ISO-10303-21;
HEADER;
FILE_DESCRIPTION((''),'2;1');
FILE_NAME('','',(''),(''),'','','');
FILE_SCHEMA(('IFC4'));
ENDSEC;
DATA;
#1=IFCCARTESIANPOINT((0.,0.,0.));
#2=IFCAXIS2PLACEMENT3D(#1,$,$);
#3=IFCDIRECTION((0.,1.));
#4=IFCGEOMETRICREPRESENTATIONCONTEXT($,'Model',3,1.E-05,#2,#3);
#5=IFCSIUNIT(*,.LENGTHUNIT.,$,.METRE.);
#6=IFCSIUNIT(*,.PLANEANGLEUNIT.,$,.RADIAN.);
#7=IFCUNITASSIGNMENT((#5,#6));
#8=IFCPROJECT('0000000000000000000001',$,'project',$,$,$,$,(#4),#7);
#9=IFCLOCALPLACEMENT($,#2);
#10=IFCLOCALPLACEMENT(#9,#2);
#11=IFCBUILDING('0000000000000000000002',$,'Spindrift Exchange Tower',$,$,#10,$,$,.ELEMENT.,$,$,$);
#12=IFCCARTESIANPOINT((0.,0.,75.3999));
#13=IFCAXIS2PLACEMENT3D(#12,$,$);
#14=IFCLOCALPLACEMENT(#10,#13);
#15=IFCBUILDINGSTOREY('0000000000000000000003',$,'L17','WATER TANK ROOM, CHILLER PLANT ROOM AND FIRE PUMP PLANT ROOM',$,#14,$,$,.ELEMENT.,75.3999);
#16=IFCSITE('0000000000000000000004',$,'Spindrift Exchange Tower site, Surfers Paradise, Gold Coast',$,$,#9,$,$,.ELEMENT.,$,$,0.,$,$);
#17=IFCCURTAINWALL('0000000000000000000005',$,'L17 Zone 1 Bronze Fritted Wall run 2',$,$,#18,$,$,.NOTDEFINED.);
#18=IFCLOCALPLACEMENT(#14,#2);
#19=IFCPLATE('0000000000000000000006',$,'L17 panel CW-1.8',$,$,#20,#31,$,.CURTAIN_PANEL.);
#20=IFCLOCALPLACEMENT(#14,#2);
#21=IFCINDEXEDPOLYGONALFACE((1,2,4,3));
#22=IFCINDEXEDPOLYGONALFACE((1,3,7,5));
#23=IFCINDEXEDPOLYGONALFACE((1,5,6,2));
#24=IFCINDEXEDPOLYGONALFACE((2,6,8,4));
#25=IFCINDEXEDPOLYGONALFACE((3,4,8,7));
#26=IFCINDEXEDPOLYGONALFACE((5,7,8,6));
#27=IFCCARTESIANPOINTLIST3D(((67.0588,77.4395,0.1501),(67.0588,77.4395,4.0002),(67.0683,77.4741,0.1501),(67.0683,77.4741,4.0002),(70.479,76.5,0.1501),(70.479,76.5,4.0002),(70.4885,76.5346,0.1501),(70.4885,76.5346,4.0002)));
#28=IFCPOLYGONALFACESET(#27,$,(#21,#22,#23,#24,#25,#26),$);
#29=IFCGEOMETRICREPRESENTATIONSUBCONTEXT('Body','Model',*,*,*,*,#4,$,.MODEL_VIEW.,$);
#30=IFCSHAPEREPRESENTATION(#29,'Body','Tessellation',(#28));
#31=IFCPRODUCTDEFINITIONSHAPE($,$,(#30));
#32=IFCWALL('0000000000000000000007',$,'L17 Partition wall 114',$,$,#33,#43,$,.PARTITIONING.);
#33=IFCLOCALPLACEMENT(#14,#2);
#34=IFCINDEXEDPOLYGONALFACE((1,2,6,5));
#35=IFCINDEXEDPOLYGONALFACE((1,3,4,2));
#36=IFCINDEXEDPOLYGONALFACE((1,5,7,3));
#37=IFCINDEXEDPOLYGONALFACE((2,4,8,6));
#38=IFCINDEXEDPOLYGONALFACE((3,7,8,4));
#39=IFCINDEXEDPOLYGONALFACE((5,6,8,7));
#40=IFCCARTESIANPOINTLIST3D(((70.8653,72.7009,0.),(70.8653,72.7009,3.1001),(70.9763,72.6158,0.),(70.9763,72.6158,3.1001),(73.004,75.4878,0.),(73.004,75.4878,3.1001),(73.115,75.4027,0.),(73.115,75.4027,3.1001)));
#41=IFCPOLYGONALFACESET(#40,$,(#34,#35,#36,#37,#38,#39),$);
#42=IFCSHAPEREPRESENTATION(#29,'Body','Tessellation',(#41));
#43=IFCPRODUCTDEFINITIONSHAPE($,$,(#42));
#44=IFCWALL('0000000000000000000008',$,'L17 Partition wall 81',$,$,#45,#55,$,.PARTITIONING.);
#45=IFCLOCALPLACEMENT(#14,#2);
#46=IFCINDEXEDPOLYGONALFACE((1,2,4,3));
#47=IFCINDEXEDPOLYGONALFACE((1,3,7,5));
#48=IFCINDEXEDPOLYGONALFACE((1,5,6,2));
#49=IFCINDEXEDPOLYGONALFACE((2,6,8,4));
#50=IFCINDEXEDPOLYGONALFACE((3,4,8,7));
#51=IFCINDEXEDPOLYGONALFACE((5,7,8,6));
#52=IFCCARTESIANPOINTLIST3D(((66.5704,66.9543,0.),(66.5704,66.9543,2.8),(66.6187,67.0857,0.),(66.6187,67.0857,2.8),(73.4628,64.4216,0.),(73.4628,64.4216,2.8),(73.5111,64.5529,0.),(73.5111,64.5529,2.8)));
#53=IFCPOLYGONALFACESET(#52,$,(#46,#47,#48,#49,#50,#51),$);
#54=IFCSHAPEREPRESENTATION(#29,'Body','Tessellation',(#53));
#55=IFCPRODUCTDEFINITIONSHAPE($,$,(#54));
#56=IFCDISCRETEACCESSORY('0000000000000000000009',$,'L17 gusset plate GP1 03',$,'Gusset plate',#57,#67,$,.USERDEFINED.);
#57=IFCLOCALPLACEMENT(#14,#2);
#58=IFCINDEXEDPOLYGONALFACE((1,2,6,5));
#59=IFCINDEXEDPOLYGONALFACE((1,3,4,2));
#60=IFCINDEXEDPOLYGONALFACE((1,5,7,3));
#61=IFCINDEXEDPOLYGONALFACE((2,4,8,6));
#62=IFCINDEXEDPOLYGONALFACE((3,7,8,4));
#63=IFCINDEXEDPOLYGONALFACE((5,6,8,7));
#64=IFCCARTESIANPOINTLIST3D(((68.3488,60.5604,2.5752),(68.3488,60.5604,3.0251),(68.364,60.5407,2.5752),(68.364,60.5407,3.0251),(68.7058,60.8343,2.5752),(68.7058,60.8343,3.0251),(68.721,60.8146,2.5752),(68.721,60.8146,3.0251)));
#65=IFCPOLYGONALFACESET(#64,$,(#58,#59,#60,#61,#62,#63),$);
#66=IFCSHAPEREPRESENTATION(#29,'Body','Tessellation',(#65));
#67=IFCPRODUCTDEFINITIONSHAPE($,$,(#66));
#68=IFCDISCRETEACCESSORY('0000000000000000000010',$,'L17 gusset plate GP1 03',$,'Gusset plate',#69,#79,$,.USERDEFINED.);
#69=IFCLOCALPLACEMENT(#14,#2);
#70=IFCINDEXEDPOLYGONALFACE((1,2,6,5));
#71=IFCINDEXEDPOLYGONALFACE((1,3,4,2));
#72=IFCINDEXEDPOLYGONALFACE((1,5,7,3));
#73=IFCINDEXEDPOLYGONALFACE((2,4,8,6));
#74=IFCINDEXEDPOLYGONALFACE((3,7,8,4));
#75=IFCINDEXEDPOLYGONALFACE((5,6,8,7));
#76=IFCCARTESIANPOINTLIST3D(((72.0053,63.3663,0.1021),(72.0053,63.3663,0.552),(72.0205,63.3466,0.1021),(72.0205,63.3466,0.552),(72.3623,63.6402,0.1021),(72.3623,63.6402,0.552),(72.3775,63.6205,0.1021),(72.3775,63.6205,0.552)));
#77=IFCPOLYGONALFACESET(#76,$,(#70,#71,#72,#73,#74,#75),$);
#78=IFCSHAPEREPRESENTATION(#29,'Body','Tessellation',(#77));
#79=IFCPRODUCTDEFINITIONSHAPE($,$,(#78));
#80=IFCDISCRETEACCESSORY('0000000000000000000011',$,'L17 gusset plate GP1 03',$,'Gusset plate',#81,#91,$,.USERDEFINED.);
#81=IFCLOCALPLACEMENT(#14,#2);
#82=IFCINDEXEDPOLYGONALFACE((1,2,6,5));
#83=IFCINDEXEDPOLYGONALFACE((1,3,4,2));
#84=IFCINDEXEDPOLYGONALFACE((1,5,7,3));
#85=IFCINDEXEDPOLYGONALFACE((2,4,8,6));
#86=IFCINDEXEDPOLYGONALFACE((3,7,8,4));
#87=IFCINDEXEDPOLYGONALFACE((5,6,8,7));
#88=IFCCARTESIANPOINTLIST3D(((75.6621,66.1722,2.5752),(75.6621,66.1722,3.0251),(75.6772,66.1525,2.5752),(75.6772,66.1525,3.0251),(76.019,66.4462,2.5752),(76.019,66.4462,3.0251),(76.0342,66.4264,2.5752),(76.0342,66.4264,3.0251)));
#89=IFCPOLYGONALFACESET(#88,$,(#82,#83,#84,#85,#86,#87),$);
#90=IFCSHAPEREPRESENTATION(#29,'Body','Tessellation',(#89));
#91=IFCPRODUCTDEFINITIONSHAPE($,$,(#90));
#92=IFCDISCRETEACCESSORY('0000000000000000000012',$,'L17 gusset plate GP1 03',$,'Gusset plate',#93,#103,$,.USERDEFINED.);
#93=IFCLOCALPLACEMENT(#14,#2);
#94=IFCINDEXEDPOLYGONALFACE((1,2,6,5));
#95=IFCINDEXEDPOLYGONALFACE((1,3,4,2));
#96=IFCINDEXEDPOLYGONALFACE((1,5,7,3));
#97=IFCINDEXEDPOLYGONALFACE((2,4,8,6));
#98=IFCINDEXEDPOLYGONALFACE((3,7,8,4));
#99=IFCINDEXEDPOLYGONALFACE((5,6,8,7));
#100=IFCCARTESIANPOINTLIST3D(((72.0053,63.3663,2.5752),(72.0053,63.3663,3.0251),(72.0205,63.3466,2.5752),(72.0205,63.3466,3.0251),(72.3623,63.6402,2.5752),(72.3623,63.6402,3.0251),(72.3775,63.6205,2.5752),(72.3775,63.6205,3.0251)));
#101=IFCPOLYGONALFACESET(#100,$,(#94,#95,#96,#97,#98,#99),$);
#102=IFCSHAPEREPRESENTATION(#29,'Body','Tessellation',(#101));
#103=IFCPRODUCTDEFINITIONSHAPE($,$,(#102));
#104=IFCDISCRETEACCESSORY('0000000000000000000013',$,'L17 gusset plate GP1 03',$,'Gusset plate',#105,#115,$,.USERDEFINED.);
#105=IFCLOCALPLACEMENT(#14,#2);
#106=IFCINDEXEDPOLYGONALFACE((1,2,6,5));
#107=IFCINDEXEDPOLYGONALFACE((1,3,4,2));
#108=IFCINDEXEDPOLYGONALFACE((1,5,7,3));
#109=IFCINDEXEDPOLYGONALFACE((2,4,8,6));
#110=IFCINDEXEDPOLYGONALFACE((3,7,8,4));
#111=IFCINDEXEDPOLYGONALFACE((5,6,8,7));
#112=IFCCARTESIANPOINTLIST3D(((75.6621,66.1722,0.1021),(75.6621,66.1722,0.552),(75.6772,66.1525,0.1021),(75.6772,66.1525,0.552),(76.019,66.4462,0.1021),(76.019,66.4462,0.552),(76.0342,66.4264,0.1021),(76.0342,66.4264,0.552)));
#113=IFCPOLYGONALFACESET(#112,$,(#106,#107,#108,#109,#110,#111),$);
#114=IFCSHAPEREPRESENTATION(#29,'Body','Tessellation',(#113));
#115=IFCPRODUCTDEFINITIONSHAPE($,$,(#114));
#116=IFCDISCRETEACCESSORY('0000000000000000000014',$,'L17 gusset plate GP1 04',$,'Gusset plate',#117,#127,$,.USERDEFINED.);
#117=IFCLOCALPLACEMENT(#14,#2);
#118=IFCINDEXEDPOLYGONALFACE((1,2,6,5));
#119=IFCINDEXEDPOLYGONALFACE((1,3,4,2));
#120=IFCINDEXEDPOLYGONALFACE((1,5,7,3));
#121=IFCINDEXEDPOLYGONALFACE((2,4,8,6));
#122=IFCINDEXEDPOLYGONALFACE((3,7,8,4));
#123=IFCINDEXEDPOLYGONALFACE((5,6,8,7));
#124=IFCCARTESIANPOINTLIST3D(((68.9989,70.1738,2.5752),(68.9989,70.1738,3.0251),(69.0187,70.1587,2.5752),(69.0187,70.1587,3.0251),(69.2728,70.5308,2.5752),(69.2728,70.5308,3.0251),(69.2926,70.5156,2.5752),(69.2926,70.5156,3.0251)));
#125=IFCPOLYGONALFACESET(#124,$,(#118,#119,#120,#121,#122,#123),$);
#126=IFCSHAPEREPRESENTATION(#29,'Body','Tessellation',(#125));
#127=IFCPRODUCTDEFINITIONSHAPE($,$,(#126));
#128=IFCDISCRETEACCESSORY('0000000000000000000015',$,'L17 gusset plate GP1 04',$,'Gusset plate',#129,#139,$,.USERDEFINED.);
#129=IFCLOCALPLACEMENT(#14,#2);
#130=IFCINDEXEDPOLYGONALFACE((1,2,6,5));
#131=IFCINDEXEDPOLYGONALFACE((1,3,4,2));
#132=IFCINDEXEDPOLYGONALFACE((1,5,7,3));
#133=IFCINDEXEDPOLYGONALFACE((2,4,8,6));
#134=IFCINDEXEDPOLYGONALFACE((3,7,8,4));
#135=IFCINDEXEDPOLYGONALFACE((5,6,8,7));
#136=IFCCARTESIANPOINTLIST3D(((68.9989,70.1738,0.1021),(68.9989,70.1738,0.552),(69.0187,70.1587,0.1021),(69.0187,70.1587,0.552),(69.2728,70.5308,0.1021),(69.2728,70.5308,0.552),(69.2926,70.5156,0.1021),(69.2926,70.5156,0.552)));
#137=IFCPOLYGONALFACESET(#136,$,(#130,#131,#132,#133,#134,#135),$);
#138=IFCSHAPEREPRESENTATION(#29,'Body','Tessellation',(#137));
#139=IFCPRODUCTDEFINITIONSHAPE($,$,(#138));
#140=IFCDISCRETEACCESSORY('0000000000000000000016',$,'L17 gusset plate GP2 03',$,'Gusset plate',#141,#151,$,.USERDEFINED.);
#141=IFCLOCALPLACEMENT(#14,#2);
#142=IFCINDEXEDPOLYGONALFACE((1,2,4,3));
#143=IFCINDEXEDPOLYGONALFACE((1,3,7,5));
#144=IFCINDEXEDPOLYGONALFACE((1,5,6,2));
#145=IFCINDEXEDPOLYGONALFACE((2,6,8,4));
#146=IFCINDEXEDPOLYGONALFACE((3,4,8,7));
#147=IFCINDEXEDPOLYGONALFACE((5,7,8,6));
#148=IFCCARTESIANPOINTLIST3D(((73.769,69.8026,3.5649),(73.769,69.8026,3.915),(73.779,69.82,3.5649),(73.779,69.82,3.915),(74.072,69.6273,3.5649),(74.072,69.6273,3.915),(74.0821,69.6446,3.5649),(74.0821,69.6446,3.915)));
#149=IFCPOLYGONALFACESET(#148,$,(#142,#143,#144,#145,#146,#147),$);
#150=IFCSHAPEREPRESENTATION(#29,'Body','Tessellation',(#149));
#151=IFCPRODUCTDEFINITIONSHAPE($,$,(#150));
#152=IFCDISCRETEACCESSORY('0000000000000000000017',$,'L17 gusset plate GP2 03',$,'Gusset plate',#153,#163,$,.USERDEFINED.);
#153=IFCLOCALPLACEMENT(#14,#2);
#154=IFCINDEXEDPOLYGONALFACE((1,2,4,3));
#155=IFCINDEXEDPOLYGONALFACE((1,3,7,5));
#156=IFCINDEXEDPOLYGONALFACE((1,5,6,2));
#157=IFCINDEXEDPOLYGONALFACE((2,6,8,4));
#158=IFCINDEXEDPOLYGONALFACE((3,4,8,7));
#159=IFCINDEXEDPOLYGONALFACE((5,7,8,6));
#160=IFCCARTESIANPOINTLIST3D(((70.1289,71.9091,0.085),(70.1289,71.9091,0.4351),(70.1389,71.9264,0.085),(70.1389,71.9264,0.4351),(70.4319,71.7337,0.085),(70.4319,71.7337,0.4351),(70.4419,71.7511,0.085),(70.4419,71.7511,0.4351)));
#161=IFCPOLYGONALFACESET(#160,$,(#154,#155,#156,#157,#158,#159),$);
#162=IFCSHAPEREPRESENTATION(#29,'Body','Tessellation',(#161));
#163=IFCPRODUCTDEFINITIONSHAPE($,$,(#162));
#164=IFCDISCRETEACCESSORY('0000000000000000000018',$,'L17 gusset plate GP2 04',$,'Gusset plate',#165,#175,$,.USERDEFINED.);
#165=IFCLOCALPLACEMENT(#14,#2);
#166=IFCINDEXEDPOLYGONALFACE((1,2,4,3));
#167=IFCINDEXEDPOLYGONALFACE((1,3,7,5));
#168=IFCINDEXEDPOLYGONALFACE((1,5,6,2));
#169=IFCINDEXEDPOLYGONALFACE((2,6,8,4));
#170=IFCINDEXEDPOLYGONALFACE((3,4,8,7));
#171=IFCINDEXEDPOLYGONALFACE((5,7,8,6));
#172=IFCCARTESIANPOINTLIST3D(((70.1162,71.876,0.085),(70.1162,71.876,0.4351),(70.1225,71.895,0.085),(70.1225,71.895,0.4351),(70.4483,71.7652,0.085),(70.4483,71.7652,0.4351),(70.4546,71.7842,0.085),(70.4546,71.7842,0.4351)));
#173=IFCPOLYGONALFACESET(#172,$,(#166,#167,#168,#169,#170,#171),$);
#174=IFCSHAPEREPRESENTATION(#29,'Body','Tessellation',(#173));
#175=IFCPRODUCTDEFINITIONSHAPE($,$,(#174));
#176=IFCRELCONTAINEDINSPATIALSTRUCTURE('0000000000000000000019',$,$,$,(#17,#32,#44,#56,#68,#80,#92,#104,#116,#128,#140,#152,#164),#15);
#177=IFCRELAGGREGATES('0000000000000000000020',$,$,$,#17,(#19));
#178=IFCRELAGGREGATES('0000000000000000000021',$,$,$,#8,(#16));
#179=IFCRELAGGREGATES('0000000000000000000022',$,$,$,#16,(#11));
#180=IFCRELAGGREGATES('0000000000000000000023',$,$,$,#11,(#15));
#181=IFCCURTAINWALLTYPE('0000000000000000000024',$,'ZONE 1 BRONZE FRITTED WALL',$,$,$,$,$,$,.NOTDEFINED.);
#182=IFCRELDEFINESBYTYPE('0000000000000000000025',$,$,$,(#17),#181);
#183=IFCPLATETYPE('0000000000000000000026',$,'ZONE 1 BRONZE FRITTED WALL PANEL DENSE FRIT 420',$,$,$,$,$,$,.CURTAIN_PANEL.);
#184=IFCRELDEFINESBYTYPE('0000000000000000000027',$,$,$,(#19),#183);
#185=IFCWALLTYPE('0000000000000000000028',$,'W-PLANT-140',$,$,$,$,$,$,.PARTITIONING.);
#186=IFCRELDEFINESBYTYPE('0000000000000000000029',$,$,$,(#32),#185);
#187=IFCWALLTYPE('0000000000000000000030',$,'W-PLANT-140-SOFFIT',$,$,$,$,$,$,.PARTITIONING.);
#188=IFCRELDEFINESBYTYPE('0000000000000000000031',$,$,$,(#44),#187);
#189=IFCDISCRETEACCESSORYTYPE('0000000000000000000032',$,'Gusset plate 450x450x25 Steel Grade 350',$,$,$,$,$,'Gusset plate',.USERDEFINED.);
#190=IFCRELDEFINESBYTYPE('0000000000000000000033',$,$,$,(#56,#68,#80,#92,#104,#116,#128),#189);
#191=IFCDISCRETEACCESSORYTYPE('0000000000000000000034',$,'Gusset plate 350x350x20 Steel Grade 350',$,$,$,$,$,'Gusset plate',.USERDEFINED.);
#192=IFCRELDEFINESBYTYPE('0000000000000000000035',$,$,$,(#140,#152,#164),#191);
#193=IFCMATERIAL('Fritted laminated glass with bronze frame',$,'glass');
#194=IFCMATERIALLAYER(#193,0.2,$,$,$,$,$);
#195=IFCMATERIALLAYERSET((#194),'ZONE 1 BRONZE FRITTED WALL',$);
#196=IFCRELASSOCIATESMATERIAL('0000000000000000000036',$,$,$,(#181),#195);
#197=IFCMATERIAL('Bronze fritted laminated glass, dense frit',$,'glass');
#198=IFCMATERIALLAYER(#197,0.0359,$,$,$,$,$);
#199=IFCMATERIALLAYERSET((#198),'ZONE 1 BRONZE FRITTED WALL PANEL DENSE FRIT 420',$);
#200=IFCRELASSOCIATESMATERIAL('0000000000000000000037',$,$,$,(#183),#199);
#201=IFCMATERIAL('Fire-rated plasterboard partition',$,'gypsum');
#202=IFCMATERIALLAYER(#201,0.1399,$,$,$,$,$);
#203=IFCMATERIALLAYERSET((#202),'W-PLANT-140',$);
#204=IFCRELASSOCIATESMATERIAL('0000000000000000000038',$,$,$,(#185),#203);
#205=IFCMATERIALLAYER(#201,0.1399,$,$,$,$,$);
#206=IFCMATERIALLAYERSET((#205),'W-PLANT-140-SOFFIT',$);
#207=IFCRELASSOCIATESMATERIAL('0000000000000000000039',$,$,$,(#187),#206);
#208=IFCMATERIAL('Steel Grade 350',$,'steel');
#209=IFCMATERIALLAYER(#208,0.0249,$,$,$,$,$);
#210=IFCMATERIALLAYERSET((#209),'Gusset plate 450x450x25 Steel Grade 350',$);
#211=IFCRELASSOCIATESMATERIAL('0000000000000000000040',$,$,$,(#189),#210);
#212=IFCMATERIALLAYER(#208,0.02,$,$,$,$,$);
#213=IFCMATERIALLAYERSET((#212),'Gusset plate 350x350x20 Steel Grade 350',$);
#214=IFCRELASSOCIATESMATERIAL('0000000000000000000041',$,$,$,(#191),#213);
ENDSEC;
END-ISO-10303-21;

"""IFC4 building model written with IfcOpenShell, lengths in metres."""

from ifc_helpers import new_model, si_unit, direction, frame, frame_2d, origin, origin_2d, place, context, subcontext, project, spatial, rectangle, extrude, source, transform, mapped, material, layer, layer_set, type_object, element, aggregate, save


model = new_model("IFC4")

# Units and contexts
model_context = context("Model", 3, precision=1e-05, world=origin(), true_north=direction((0.0, 1.0)))
body_context = subcontext(model_context, "Body", "Model", "MODEL_VIEW")
ifc_project = project(units=[si_unit("LENGTHUNIT", "METRE"), si_unit("PLANEANGLEUNIT", "RADIAN")], contexts=[model_context])

# Site, building, storey
site_placement = place(None, origin())
site = spatial("IfcSite", under=ifc_project, at=site_placement, Name="Spindrift Exchange Tower site, Surfers Paradise, Gold Coast", CompositionType="ELEMENT", RefElevation=0.0)
building_placement = place(site_placement, origin())
building = spatial("IfcBuilding", under=site, at=building_placement, Name="Spindrift Exchange Tower", CompositionType="ELEMENT")
storey_placement = place(building_placement, frame((0.0, 0.0, 75.3999)))
storey = spatial("IfcBuildingStorey", under=building, at=storey_placement, Name="L17", Description="WATER TANK ROOM, CHILLER PLANT ROOM AND FIRE PUMP PLANT ROOM", CompositionType="ELEMENT", Elevation=75.3999)

# Shared definitions
ifc_material_1 = material(Name="Steel Grade 350", Category="steel")

# Curtain wall
ifc_material_2 = material(Name="Fritted laminated glass with bronze frame", Category="glass")
ifc_layer_1 = layer(ifc_material_2, 0.2)
ifc_layer_set_1 = layer_set([ifc_layer_1], Name="ZONE 1 BRONZE FRITTED WALL")
curtain_wall_type = type_object("IfcCurtainWallType", Name="ZONE 1 BRONZE FRITTED WALL", PredefinedType="NOTDEFINED", material=ifc_layer_set_1)
curtain_wall_1_placement = place(storey_placement, origin())
curtain_wall_1 = element("IfcCurtainWall", 1, at=curtain_wall_1_placement, inside=storey, type_object=curtain_wall_type, Name="L17 Zone 1 Bronze Fritted Wall run 2", PredefinedType="NOTDEFINED")

# Plate
ifc_material_3 = material(Name="Bronze fritted laminated glass, dense frit", Category="glass")
ifc_layer_2 = layer(ifc_material_3, 0.0359)
ifc_layer_set_2 = layer_set([ifc_layer_2], Name="ZONE 1 BRONZE FRITTED WALL PANEL DENSE FRIT 420")
plate_type_1 = type_object("IfcPlateType", Name="ZONE 1 BRONZE FRITTED WALL PANEL DENSE FRIT 420", PredefinedType="CURTAIN_PANEL", material=ifc_layer_set_2)
shared_shape_1 = source(origin(), body_context, "Body", "SweptSolid", [
    extrude(rectangle(XDim=3.5469, YDim=0.0359, at=origin_2d()), origin(), (0.0, 0.0, 1.0), 3.8501),
])
plate_1_placement = place(storey_placement, frame((68.7737, 76.9871, 0.1501), z_axis=(0.0, 0.0, 1.0), x_axis=(-0.96428, 0.264885, 0.0)))
plate_1 = element("IfcPlate", 2, at=plate_1_placement, type_object=plate_type_1, Name="L17 panel CW-1.8", PredefinedType="CURTAIN_PANEL", context=body_context, shape_type="MappedRepresentation", body=[
    mapped(shared_shape_1, transform((0.0, 0.0, 0.0), scale=1.0)),
])
aggregate(curtain_wall_1, [plate_1])

# Walls
ifc_material_4 = material(Name="Fire-rated plasterboard partition", Category="gypsum")
ifc_layer_3 = layer(ifc_material_4, 0.1399)
ifc_layer_set_3 = layer_set([ifc_layer_3], Name="W-PLANT-140")
wall_type_1 = type_object("IfcWallType", Name="W-PLANT-140", PredefinedType="PARTITIONING", material=ifc_layer_set_3)
wall_1_placement = place(storey_placement, frame((70.9209, 72.6584, 0.0), z_axis=(0.0, 0.0, 1.0), x_axis=(0.608804, 0.793321, 0.0)))
element("IfcWall", 3, at=wall_1_placement, inside=storey, type_object=wall_type_1, Name="L17 Partition wall 114", PredefinedType="PARTITIONING", context=body_context, shape_type="SweptSolid", body=[
    extrude(rectangle(XDim=3.5129, YDim=0.1399, at=frame_2d((1.7563, 0.0))), origin(), (0.0, 0.0, 1.0), 3.1001),
])
ifc_layer_4 = layer(ifc_material_4, 0.1399)
ifc_layer_set_4 = layer_set([ifc_layer_4], Name="W-PLANT-140-SOFFIT")
wall_type_2 = type_object("IfcWallType", Name="W-PLANT-140-SOFFIT", PredefinedType="PARTITIONING", material=ifc_layer_set_4)
wall_2_placement = place(storey_placement, frame((73.4868, 64.4873, 0.0), z_axis=(0.0, 0.0, 1.0), x_axis=(-0.938633, 0.344918, 0.0)))
element("IfcWall", 4, at=wall_2_placement, inside=storey, type_object=wall_type_2, Name="L17 Partition wall 81", PredefinedType="PARTITIONING", context=body_context, shape_type="SweptSolid", body=[
    extrude(rectangle(XDim=7.343, YDim=0.1399, at=frame_2d((3.6714, 0.0))), origin(), (0.0, 0.0, 1.0), 2.8),
])

# Discrete accessories
ifc_layer_5 = layer(ifc_material_1, 0.0249)
ifc_layer_set_5 = layer_set([ifc_layer_5], Name="Gusset plate 450x450x25 Steel Grade 350")
discrete_accessory_type_1 = type_object("IfcDiscreteAccessoryType", Name="Gusset plate 450x450x25 Steel Grade 350", ElementType="Gusset plate", PredefinedType="USERDEFINED", material=ifc_layer_set_5)
shared_shape_2 = source(origin(), body_context, "Body", "SweptSolid", [
    extrude(rectangle(XDim=0.45, YDim=0.0249, at=origin_2d()), origin(), (0.0, 0.0, 1.0), 0.45),
])
for number, where, z_axis, x_axis, name in (
    (5, (68.5349, 60.6875, 2.5752), (0.0, 0.0, 1.0), (0.793351, 0.608764, 0.0), "L17 gusset plate GP1 03"),
    (6, (72.1914, 63.4934, 0.1021), (0.0, 0.0, 1.0), (0.793351, 0.608764, 0.0), "L17 gusset plate GP1 03"),
    (7, (75.8481, 66.2993, 2.5752), (0.0, 0.0, 1.0), (0.793351, 0.608764, 0.0), "L17 gusset plate GP1 03"),
    (8, (72.1914, 63.4934, 2.5752), (0.0, 0.0, 1.0), (0.793353, 0.608761, 0.0), "L17 gusset plate GP1 03"),
    (9, (75.8481, 66.2993, 0.1021), (0.0, 0.0, 1.0), (0.793353, 0.608761, 0.0), "L17 gusset plate GP1 03"),
    (10, (69.1458, 70.3447, 2.5752), (0.0, 0.0, 1.0), (0.608771, 0.793346, 0.0), "L17 gusset plate GP1 04"),
    (11, (69.1458, 70.3447, 0.1021), (0.0, 0.0, 1.0), (0.608761, 0.793353, 0.0), "L17 gusset plate GP1 04"),
):
    element("IfcDiscreteAccessory", number, at=place(storey_placement, frame(where, z_axis=z_axis, x_axis=x_axis)), inside=storey, type_object=discrete_accessory_type_1, Name=name, ObjectType="Gusset plate", PredefinedType="USERDEFINED", context=body_context, shape_type="MappedRepresentation", body=[
        mapped(shared_shape_2, transform((0.0, 0.0, 0.0), scale=1.0)),
    ])
ifc_layer_6 = layer(ifc_material_1, 0.02)
ifc_layer_set_6 = layer_set([ifc_layer_6], Name="Gusset plate 350x350x20 Steel Grade 350")
discrete_accessory_type_2 = type_object("IfcDiscreteAccessoryType", Name="Gusset plate 350x350x20 Steel Grade 350", ElementType="Gusset plate", PredefinedType="USERDEFINED", material=ifc_layer_set_6)
shared_shape_3 = source(origin(), body_context, "Body", "SweptSolid", [
    extrude(rectangle(XDim=0.3501, YDim=0.02, at=origin_2d()), origin(), (0.0, 0.0, 1.0), 0.3501),
])
for number, where, z_axis, x_axis, name in (
    (12, (73.9255, 69.7236, 3.5649), (0.0, 0.0, 1.0), (-0.865555, 0.500814, 0.0), "L17 gusset plate GP2 03"),
    (13, (70.2854, 71.8301, 0.085), (0.0, 0.0, 1.0), (-0.865544, 0.500833, 0.0), "L17 gusset plate GP2 03"),
    (14, (70.2854, 71.8301, 0.085), (0.0, 0.0, 1.0), (-0.948568, 0.316575, 0.0), "L17 gusset plate GP2 04"),
):
    element("IfcDiscreteAccessory", number, at=place(storey_placement, frame(where, z_axis=z_axis, x_axis=x_axis)), inside=storey, type_object=discrete_accessory_type_2, Name=name, ObjectType="Gusset plate", PredefinedType="USERDEFINED", context=body_context, shape_type="MappedRepresentation", body=[
        mapped(shared_shape_3, transform((0.0, 0.0, 0.0), scale=1.0)),
    ])

save(model, "model.ifc")
